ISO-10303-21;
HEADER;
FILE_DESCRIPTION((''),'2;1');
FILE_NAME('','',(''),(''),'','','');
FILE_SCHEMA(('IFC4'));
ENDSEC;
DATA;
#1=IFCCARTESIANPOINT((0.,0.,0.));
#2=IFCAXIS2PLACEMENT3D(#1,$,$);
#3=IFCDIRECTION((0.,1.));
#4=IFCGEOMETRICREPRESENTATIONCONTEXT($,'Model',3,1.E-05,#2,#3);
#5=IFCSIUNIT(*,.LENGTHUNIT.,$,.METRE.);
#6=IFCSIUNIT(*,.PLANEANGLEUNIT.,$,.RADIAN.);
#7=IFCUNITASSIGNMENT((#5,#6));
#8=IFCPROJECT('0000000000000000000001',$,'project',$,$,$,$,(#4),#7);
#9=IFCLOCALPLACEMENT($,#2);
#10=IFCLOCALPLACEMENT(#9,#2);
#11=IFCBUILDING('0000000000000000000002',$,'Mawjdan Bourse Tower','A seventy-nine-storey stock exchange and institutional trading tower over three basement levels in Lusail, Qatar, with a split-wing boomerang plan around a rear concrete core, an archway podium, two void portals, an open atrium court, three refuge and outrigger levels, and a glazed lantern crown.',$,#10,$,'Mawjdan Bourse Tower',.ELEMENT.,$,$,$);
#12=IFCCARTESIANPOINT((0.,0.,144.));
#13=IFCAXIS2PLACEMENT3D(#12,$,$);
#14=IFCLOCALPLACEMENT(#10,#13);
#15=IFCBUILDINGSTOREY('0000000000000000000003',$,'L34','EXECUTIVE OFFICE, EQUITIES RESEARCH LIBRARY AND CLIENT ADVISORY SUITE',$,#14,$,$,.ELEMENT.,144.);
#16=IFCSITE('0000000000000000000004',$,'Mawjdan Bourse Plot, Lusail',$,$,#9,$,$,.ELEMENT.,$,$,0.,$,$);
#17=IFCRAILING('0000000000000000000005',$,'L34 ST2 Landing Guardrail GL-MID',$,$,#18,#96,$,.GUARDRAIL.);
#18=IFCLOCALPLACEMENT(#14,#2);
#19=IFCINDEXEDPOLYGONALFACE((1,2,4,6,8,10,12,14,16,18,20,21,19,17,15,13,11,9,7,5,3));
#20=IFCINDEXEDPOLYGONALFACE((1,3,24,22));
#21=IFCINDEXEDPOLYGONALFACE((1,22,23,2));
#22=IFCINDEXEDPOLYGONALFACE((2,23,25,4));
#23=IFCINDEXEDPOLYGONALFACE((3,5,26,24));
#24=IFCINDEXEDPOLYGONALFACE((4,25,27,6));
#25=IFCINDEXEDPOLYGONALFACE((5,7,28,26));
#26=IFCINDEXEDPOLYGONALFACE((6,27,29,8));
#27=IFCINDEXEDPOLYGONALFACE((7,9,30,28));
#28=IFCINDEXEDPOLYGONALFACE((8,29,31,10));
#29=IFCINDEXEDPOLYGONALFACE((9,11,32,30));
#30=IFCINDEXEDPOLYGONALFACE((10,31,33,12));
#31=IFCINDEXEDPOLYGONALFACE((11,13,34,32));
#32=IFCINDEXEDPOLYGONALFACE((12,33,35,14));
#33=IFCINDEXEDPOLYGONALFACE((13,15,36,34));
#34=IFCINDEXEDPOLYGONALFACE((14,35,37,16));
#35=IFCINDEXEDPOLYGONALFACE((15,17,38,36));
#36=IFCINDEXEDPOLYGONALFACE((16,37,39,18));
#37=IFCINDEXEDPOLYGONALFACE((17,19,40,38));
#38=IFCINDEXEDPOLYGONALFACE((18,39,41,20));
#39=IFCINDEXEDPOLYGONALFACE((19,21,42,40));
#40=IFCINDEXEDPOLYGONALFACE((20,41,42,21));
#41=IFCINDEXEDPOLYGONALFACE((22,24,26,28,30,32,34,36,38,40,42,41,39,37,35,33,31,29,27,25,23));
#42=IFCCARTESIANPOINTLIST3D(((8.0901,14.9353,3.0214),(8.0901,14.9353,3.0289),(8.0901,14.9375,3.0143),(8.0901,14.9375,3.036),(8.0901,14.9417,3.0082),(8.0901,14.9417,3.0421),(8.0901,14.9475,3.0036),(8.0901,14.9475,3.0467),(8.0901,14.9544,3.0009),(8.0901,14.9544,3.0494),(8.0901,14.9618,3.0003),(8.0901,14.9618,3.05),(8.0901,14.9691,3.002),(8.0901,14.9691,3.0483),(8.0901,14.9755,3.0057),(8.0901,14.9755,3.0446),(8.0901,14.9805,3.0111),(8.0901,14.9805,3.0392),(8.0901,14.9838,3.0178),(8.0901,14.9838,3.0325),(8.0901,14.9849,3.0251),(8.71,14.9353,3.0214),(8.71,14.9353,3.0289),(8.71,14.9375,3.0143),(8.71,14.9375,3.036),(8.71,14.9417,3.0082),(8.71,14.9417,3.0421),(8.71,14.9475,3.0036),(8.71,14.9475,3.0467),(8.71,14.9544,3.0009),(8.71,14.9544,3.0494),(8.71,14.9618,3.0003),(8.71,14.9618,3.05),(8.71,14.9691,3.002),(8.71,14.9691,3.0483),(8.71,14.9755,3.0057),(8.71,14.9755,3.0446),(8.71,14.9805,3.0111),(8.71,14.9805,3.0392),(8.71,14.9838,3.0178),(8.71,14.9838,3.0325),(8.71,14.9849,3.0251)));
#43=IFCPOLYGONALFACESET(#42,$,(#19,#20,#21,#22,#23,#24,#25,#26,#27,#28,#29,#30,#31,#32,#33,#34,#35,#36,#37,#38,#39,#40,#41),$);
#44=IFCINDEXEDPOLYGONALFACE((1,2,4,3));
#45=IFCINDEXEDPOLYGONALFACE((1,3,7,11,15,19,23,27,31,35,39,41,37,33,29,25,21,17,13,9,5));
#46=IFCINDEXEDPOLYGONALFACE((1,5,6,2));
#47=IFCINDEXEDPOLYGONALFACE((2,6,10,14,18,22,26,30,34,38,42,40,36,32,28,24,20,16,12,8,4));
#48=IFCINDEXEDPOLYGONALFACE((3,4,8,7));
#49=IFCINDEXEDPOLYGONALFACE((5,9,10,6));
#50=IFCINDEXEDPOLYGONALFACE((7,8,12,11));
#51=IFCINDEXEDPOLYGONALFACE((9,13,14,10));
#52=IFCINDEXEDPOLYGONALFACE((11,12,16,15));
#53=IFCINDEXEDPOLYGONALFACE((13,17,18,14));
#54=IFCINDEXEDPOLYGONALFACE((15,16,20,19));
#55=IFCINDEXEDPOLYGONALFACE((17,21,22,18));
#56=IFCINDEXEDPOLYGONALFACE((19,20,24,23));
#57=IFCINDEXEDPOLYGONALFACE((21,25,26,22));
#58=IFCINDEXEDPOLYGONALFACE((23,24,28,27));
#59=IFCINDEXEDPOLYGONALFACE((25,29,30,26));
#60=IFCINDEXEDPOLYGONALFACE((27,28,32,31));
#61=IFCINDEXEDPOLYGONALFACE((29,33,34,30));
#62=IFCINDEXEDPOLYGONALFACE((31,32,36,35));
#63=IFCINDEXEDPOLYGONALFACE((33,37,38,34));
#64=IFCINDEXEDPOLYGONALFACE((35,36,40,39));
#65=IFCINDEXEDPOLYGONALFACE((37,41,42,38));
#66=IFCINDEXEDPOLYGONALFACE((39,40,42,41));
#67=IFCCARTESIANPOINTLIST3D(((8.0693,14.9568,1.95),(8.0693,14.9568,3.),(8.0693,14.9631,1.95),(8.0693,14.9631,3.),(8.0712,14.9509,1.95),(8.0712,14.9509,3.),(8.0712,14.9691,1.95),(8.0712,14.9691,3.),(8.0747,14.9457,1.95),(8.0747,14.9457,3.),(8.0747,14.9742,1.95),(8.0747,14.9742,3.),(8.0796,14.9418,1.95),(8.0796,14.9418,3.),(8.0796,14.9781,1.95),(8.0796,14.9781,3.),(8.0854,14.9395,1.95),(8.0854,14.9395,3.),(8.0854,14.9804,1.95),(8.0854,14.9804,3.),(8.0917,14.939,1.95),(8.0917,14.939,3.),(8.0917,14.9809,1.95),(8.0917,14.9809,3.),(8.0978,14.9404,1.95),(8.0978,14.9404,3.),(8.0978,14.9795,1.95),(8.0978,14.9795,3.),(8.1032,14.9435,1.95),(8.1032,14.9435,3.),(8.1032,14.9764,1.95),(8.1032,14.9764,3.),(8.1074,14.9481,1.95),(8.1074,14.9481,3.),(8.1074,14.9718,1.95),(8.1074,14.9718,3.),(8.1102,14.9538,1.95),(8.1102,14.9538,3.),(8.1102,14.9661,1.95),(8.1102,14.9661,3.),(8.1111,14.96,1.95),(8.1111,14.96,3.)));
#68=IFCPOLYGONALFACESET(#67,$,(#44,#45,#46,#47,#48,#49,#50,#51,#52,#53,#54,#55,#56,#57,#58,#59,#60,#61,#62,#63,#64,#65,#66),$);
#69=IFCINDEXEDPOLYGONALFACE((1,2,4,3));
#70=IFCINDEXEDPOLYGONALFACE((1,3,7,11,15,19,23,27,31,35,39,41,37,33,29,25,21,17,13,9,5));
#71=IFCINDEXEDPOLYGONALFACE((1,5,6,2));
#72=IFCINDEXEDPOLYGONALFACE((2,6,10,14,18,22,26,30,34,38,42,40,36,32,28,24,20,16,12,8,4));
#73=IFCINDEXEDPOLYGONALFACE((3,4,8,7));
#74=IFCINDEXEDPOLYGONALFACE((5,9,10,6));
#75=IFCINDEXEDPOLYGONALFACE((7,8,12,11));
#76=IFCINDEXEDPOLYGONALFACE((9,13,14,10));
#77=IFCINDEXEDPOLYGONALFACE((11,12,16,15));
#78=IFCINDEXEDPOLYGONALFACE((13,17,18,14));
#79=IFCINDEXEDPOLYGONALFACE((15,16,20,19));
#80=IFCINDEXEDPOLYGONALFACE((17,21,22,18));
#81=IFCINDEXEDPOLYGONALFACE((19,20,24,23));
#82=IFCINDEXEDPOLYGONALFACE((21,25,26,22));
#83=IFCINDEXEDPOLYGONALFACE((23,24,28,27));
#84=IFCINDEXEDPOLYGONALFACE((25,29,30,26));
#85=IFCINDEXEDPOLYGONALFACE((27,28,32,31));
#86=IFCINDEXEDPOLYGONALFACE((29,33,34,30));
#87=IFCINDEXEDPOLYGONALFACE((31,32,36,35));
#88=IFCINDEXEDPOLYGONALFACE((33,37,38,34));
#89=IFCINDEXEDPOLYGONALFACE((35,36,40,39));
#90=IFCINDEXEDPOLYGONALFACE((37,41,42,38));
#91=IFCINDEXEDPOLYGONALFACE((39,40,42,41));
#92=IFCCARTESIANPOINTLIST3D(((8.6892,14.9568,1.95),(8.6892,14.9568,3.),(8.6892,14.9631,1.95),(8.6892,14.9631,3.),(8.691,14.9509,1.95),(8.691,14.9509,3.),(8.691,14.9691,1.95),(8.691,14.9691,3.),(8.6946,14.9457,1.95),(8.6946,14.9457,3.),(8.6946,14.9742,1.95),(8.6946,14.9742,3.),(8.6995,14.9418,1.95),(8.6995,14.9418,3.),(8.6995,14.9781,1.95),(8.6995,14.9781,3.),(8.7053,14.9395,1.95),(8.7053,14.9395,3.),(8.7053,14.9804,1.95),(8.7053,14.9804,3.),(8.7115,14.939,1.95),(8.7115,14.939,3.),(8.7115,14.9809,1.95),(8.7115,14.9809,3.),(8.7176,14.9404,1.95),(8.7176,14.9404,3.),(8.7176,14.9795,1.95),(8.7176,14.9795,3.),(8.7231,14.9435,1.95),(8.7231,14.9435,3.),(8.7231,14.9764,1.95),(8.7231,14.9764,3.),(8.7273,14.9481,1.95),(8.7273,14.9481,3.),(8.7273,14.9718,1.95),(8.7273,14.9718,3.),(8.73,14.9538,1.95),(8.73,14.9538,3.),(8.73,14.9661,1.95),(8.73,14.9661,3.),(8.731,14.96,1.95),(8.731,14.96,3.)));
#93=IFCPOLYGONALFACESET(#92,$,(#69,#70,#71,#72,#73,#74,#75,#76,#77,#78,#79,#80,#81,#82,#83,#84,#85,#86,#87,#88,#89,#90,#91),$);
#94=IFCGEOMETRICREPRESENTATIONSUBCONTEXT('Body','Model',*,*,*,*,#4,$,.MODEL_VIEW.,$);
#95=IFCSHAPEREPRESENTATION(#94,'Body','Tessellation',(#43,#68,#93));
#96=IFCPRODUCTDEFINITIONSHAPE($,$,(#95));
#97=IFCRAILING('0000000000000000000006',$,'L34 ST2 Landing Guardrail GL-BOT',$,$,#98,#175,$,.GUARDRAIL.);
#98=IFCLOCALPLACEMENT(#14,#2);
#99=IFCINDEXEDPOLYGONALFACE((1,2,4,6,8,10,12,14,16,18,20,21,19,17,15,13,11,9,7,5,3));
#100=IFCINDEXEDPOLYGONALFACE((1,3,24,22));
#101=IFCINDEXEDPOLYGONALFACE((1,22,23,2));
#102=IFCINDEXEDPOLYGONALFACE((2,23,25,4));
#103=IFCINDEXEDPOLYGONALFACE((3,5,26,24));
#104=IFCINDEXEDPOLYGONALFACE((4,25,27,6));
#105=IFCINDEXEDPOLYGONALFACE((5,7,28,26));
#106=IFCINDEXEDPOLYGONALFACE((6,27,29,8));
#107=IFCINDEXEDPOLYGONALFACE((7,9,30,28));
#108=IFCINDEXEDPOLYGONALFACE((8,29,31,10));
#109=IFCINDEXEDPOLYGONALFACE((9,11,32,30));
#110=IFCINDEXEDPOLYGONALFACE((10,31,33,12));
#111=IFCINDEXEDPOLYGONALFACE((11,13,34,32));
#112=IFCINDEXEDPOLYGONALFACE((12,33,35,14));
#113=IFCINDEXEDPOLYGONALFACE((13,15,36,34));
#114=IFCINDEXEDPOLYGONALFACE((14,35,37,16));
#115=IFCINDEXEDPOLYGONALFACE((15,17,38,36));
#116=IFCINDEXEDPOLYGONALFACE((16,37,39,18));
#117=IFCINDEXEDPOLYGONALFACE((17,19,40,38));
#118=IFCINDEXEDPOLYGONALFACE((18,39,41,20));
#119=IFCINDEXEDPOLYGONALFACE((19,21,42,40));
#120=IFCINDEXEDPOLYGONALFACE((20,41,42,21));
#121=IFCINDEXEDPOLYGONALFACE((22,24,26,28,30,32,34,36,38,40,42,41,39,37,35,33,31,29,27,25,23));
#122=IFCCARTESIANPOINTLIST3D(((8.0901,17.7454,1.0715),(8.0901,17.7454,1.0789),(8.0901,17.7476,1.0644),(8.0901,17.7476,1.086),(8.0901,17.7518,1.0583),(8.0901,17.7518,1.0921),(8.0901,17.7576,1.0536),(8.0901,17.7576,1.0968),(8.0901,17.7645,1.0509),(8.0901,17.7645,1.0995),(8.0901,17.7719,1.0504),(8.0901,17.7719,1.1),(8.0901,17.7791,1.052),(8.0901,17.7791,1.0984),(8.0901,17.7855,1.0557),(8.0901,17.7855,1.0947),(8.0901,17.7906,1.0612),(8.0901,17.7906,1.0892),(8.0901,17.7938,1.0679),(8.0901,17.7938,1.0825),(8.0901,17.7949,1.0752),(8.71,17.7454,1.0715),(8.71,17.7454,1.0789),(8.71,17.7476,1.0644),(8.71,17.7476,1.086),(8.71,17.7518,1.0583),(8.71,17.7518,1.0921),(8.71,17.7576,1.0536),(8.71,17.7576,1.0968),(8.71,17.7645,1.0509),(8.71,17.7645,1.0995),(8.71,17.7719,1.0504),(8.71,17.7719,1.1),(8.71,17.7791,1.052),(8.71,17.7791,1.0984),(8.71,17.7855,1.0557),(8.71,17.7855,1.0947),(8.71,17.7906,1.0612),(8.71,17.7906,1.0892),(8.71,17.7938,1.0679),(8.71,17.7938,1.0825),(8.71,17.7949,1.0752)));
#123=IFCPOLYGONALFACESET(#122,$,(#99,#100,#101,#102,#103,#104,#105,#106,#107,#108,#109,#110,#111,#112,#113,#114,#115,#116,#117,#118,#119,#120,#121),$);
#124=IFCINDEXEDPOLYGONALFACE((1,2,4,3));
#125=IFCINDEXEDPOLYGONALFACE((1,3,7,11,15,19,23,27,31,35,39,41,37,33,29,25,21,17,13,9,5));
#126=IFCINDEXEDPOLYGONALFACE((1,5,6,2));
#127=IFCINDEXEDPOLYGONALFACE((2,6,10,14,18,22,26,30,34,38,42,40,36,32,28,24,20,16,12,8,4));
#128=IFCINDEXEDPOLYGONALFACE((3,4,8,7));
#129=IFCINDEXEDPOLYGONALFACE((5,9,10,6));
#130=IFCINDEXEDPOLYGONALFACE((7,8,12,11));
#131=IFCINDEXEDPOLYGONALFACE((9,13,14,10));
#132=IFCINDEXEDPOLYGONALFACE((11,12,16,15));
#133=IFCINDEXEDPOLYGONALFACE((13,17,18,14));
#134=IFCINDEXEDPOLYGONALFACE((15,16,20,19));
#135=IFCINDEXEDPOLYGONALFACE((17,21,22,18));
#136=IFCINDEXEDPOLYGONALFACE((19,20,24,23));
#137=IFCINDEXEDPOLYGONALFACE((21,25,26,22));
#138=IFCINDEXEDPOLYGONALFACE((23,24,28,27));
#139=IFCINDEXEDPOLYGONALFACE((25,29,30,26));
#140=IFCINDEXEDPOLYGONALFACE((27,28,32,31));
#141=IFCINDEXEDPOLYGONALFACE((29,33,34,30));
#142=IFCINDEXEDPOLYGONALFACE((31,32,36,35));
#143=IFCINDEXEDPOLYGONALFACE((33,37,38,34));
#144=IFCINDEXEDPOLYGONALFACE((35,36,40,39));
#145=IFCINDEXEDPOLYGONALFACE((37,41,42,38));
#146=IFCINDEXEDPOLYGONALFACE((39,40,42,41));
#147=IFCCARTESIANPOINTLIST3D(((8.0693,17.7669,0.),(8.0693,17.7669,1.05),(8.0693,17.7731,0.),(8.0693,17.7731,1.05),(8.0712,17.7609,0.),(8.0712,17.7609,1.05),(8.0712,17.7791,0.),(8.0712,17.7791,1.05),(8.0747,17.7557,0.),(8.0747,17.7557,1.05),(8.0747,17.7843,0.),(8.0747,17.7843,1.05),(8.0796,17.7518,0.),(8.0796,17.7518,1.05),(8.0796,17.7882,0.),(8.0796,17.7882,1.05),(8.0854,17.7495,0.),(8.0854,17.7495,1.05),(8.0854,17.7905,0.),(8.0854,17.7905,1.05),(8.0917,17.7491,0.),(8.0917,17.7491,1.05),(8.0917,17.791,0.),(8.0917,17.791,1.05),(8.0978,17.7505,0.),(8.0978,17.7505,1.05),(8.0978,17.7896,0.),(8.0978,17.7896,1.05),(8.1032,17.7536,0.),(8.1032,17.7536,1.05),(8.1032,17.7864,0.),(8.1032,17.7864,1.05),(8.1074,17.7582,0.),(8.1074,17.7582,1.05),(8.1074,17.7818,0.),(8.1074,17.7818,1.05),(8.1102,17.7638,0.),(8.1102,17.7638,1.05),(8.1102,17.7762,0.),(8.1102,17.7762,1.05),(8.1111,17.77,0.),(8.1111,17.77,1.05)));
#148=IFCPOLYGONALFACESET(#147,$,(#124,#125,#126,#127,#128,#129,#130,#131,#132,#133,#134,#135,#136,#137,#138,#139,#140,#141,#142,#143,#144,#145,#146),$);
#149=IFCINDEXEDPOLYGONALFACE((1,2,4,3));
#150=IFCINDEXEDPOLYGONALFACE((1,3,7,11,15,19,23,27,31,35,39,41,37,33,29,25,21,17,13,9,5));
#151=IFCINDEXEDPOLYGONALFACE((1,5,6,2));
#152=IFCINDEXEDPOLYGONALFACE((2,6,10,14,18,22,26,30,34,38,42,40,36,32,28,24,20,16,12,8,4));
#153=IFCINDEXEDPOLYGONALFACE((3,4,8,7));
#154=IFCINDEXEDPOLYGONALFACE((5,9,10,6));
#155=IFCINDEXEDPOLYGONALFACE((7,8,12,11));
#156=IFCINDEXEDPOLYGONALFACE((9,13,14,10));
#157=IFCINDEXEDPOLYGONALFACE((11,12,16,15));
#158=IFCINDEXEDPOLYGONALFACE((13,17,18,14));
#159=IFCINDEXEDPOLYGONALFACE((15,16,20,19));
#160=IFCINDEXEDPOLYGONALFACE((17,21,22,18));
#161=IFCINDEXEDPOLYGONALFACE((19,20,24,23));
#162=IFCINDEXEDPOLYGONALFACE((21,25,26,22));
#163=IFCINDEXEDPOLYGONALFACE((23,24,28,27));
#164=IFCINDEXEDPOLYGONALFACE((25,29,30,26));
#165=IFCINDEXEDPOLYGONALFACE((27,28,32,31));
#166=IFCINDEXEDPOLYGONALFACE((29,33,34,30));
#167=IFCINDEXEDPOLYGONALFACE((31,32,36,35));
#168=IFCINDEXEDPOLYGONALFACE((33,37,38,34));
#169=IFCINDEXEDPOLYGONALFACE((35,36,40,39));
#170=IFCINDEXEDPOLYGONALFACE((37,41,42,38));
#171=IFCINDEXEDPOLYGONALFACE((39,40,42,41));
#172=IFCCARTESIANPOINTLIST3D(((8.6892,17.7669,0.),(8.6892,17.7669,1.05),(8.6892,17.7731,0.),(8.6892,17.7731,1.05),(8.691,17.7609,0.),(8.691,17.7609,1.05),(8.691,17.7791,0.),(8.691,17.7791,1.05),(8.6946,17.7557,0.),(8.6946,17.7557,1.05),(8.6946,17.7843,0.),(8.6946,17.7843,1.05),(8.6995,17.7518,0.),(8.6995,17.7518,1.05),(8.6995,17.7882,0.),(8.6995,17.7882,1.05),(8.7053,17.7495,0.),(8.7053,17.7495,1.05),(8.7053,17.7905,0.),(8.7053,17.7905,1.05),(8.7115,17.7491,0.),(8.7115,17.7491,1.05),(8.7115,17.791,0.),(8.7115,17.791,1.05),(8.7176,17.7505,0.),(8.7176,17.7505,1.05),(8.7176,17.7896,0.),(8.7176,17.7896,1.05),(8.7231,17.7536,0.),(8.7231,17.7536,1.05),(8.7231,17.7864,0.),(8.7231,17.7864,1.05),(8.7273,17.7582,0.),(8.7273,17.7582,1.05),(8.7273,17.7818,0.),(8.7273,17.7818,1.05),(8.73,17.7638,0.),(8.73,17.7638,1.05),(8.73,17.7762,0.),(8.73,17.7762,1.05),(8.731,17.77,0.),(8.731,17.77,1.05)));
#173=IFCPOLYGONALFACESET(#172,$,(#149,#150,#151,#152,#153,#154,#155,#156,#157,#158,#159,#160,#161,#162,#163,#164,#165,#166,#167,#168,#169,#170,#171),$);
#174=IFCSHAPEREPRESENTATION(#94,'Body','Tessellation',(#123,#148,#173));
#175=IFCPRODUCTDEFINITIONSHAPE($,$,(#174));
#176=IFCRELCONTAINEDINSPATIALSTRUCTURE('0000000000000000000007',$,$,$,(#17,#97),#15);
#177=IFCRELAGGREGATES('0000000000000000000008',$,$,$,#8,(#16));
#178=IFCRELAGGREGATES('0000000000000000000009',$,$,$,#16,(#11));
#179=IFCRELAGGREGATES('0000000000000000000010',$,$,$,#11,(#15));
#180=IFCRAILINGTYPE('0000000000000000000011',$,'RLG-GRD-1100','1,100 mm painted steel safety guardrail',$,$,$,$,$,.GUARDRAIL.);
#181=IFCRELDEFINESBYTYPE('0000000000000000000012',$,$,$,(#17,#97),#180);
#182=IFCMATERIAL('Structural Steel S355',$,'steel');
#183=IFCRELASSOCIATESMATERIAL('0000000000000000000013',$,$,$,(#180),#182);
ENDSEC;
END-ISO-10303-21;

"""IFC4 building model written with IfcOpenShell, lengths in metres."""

from ifc_helpers import new_model, si_unit, direction, frame, origin, origin_2d, place, context, subcontext, project, spatial, circle, extrude, material, type_object, element, save


model = new_model("IFC4")

# Units and contexts
model_context = context("Model", 3, precision=1e-05, world=origin(), true_north=direction((0.0, 1.0)))
body_context = subcontext(model_context, "Body", "Model", "MODEL_VIEW")
ifc_project = project(units=[si_unit("LENGTHUNIT", "METRE"), si_unit("PLANEANGLEUNIT", "RADIAN")], contexts=[model_context])

# Site, building, storey
site_placement = place(None, origin())
site = spatial("IfcSite", under=ifc_project, at=site_placement, Name="Mawjdan Bourse Plot, Lusail", CompositionType="ELEMENT", RefElevation=0.0)
building_placement = place(site_placement, origin())
building = spatial("IfcBuilding", under=site, at=building_placement, Name="Mawjdan Bourse Tower", Description="A seventy-nine-storey stock exchange and institutional trading tower over three basement levels in Lusail, Qatar, with a split-wing boomerang plan around a rear concrete core, an archway podium, two void portals, an open atrium court, three refuge and outrigger levels, and a glazed lantern crown.", LongName="Mawjdan Bourse Tower", CompositionType="ELEMENT")
storey_placement = place(building_placement, frame((0.0, 0.0, 144.0)))
storey = spatial("IfcBuildingStorey", under=building, at=storey_placement, Name="L34", Description="EXECUTIVE OFFICE, EQUITIES RESEARCH LIBRARY AND CLIENT ADVISORY SUITE", CompositionType="ELEMENT", Elevation=144.0)

# Shared definitions
ifc_material_1 = material(Name="Structural Steel S355", Category="steel")

# Railings
railing_type_1 = type_object("IfcRailingType", Name="RLG-GRD-1100", Description="1,100 mm painted steel safety guardrail", PredefinedType="GUARDRAIL", material=ifc_material_1)
for number, where, name in (
    (1, (8.0901, 14.96, 1.95), "L34 ST2 Landing Guardrail GL-MID"),
    (2, (8.0901, 17.77, 0.0), "L34 ST2 Landing Guardrail GL-BOT"),
):
    element("IfcRailing", number, at=place(storey_placement, frame(where)), inside=storey, type_object=railing_type_1, Name=name, PredefinedType="GUARDRAIL", context=body_context, shape_type="SweptSolid", body=[
        extrude(circle(Radius=0.0249, at=origin_2d()), frame((0.0, 0.0, 1.0752), z_axis=(1.0, 0.0, 0.0), x_axis=(0.0, 1.0, 0.0)), (0.0, 0.0, 1.0), 0.6199),
        extrude(circle(Radius=0.021, at=origin_2d()), origin(), (0.0, 0.0, 1.0), 1.05),
        extrude(circle(Radius=0.021, at=origin_2d()), frame((0.6199, 0.0, 0.0)), (0.0, 0.0, 1.0), 1.05),
    ])

save(model, "model.ifc")
